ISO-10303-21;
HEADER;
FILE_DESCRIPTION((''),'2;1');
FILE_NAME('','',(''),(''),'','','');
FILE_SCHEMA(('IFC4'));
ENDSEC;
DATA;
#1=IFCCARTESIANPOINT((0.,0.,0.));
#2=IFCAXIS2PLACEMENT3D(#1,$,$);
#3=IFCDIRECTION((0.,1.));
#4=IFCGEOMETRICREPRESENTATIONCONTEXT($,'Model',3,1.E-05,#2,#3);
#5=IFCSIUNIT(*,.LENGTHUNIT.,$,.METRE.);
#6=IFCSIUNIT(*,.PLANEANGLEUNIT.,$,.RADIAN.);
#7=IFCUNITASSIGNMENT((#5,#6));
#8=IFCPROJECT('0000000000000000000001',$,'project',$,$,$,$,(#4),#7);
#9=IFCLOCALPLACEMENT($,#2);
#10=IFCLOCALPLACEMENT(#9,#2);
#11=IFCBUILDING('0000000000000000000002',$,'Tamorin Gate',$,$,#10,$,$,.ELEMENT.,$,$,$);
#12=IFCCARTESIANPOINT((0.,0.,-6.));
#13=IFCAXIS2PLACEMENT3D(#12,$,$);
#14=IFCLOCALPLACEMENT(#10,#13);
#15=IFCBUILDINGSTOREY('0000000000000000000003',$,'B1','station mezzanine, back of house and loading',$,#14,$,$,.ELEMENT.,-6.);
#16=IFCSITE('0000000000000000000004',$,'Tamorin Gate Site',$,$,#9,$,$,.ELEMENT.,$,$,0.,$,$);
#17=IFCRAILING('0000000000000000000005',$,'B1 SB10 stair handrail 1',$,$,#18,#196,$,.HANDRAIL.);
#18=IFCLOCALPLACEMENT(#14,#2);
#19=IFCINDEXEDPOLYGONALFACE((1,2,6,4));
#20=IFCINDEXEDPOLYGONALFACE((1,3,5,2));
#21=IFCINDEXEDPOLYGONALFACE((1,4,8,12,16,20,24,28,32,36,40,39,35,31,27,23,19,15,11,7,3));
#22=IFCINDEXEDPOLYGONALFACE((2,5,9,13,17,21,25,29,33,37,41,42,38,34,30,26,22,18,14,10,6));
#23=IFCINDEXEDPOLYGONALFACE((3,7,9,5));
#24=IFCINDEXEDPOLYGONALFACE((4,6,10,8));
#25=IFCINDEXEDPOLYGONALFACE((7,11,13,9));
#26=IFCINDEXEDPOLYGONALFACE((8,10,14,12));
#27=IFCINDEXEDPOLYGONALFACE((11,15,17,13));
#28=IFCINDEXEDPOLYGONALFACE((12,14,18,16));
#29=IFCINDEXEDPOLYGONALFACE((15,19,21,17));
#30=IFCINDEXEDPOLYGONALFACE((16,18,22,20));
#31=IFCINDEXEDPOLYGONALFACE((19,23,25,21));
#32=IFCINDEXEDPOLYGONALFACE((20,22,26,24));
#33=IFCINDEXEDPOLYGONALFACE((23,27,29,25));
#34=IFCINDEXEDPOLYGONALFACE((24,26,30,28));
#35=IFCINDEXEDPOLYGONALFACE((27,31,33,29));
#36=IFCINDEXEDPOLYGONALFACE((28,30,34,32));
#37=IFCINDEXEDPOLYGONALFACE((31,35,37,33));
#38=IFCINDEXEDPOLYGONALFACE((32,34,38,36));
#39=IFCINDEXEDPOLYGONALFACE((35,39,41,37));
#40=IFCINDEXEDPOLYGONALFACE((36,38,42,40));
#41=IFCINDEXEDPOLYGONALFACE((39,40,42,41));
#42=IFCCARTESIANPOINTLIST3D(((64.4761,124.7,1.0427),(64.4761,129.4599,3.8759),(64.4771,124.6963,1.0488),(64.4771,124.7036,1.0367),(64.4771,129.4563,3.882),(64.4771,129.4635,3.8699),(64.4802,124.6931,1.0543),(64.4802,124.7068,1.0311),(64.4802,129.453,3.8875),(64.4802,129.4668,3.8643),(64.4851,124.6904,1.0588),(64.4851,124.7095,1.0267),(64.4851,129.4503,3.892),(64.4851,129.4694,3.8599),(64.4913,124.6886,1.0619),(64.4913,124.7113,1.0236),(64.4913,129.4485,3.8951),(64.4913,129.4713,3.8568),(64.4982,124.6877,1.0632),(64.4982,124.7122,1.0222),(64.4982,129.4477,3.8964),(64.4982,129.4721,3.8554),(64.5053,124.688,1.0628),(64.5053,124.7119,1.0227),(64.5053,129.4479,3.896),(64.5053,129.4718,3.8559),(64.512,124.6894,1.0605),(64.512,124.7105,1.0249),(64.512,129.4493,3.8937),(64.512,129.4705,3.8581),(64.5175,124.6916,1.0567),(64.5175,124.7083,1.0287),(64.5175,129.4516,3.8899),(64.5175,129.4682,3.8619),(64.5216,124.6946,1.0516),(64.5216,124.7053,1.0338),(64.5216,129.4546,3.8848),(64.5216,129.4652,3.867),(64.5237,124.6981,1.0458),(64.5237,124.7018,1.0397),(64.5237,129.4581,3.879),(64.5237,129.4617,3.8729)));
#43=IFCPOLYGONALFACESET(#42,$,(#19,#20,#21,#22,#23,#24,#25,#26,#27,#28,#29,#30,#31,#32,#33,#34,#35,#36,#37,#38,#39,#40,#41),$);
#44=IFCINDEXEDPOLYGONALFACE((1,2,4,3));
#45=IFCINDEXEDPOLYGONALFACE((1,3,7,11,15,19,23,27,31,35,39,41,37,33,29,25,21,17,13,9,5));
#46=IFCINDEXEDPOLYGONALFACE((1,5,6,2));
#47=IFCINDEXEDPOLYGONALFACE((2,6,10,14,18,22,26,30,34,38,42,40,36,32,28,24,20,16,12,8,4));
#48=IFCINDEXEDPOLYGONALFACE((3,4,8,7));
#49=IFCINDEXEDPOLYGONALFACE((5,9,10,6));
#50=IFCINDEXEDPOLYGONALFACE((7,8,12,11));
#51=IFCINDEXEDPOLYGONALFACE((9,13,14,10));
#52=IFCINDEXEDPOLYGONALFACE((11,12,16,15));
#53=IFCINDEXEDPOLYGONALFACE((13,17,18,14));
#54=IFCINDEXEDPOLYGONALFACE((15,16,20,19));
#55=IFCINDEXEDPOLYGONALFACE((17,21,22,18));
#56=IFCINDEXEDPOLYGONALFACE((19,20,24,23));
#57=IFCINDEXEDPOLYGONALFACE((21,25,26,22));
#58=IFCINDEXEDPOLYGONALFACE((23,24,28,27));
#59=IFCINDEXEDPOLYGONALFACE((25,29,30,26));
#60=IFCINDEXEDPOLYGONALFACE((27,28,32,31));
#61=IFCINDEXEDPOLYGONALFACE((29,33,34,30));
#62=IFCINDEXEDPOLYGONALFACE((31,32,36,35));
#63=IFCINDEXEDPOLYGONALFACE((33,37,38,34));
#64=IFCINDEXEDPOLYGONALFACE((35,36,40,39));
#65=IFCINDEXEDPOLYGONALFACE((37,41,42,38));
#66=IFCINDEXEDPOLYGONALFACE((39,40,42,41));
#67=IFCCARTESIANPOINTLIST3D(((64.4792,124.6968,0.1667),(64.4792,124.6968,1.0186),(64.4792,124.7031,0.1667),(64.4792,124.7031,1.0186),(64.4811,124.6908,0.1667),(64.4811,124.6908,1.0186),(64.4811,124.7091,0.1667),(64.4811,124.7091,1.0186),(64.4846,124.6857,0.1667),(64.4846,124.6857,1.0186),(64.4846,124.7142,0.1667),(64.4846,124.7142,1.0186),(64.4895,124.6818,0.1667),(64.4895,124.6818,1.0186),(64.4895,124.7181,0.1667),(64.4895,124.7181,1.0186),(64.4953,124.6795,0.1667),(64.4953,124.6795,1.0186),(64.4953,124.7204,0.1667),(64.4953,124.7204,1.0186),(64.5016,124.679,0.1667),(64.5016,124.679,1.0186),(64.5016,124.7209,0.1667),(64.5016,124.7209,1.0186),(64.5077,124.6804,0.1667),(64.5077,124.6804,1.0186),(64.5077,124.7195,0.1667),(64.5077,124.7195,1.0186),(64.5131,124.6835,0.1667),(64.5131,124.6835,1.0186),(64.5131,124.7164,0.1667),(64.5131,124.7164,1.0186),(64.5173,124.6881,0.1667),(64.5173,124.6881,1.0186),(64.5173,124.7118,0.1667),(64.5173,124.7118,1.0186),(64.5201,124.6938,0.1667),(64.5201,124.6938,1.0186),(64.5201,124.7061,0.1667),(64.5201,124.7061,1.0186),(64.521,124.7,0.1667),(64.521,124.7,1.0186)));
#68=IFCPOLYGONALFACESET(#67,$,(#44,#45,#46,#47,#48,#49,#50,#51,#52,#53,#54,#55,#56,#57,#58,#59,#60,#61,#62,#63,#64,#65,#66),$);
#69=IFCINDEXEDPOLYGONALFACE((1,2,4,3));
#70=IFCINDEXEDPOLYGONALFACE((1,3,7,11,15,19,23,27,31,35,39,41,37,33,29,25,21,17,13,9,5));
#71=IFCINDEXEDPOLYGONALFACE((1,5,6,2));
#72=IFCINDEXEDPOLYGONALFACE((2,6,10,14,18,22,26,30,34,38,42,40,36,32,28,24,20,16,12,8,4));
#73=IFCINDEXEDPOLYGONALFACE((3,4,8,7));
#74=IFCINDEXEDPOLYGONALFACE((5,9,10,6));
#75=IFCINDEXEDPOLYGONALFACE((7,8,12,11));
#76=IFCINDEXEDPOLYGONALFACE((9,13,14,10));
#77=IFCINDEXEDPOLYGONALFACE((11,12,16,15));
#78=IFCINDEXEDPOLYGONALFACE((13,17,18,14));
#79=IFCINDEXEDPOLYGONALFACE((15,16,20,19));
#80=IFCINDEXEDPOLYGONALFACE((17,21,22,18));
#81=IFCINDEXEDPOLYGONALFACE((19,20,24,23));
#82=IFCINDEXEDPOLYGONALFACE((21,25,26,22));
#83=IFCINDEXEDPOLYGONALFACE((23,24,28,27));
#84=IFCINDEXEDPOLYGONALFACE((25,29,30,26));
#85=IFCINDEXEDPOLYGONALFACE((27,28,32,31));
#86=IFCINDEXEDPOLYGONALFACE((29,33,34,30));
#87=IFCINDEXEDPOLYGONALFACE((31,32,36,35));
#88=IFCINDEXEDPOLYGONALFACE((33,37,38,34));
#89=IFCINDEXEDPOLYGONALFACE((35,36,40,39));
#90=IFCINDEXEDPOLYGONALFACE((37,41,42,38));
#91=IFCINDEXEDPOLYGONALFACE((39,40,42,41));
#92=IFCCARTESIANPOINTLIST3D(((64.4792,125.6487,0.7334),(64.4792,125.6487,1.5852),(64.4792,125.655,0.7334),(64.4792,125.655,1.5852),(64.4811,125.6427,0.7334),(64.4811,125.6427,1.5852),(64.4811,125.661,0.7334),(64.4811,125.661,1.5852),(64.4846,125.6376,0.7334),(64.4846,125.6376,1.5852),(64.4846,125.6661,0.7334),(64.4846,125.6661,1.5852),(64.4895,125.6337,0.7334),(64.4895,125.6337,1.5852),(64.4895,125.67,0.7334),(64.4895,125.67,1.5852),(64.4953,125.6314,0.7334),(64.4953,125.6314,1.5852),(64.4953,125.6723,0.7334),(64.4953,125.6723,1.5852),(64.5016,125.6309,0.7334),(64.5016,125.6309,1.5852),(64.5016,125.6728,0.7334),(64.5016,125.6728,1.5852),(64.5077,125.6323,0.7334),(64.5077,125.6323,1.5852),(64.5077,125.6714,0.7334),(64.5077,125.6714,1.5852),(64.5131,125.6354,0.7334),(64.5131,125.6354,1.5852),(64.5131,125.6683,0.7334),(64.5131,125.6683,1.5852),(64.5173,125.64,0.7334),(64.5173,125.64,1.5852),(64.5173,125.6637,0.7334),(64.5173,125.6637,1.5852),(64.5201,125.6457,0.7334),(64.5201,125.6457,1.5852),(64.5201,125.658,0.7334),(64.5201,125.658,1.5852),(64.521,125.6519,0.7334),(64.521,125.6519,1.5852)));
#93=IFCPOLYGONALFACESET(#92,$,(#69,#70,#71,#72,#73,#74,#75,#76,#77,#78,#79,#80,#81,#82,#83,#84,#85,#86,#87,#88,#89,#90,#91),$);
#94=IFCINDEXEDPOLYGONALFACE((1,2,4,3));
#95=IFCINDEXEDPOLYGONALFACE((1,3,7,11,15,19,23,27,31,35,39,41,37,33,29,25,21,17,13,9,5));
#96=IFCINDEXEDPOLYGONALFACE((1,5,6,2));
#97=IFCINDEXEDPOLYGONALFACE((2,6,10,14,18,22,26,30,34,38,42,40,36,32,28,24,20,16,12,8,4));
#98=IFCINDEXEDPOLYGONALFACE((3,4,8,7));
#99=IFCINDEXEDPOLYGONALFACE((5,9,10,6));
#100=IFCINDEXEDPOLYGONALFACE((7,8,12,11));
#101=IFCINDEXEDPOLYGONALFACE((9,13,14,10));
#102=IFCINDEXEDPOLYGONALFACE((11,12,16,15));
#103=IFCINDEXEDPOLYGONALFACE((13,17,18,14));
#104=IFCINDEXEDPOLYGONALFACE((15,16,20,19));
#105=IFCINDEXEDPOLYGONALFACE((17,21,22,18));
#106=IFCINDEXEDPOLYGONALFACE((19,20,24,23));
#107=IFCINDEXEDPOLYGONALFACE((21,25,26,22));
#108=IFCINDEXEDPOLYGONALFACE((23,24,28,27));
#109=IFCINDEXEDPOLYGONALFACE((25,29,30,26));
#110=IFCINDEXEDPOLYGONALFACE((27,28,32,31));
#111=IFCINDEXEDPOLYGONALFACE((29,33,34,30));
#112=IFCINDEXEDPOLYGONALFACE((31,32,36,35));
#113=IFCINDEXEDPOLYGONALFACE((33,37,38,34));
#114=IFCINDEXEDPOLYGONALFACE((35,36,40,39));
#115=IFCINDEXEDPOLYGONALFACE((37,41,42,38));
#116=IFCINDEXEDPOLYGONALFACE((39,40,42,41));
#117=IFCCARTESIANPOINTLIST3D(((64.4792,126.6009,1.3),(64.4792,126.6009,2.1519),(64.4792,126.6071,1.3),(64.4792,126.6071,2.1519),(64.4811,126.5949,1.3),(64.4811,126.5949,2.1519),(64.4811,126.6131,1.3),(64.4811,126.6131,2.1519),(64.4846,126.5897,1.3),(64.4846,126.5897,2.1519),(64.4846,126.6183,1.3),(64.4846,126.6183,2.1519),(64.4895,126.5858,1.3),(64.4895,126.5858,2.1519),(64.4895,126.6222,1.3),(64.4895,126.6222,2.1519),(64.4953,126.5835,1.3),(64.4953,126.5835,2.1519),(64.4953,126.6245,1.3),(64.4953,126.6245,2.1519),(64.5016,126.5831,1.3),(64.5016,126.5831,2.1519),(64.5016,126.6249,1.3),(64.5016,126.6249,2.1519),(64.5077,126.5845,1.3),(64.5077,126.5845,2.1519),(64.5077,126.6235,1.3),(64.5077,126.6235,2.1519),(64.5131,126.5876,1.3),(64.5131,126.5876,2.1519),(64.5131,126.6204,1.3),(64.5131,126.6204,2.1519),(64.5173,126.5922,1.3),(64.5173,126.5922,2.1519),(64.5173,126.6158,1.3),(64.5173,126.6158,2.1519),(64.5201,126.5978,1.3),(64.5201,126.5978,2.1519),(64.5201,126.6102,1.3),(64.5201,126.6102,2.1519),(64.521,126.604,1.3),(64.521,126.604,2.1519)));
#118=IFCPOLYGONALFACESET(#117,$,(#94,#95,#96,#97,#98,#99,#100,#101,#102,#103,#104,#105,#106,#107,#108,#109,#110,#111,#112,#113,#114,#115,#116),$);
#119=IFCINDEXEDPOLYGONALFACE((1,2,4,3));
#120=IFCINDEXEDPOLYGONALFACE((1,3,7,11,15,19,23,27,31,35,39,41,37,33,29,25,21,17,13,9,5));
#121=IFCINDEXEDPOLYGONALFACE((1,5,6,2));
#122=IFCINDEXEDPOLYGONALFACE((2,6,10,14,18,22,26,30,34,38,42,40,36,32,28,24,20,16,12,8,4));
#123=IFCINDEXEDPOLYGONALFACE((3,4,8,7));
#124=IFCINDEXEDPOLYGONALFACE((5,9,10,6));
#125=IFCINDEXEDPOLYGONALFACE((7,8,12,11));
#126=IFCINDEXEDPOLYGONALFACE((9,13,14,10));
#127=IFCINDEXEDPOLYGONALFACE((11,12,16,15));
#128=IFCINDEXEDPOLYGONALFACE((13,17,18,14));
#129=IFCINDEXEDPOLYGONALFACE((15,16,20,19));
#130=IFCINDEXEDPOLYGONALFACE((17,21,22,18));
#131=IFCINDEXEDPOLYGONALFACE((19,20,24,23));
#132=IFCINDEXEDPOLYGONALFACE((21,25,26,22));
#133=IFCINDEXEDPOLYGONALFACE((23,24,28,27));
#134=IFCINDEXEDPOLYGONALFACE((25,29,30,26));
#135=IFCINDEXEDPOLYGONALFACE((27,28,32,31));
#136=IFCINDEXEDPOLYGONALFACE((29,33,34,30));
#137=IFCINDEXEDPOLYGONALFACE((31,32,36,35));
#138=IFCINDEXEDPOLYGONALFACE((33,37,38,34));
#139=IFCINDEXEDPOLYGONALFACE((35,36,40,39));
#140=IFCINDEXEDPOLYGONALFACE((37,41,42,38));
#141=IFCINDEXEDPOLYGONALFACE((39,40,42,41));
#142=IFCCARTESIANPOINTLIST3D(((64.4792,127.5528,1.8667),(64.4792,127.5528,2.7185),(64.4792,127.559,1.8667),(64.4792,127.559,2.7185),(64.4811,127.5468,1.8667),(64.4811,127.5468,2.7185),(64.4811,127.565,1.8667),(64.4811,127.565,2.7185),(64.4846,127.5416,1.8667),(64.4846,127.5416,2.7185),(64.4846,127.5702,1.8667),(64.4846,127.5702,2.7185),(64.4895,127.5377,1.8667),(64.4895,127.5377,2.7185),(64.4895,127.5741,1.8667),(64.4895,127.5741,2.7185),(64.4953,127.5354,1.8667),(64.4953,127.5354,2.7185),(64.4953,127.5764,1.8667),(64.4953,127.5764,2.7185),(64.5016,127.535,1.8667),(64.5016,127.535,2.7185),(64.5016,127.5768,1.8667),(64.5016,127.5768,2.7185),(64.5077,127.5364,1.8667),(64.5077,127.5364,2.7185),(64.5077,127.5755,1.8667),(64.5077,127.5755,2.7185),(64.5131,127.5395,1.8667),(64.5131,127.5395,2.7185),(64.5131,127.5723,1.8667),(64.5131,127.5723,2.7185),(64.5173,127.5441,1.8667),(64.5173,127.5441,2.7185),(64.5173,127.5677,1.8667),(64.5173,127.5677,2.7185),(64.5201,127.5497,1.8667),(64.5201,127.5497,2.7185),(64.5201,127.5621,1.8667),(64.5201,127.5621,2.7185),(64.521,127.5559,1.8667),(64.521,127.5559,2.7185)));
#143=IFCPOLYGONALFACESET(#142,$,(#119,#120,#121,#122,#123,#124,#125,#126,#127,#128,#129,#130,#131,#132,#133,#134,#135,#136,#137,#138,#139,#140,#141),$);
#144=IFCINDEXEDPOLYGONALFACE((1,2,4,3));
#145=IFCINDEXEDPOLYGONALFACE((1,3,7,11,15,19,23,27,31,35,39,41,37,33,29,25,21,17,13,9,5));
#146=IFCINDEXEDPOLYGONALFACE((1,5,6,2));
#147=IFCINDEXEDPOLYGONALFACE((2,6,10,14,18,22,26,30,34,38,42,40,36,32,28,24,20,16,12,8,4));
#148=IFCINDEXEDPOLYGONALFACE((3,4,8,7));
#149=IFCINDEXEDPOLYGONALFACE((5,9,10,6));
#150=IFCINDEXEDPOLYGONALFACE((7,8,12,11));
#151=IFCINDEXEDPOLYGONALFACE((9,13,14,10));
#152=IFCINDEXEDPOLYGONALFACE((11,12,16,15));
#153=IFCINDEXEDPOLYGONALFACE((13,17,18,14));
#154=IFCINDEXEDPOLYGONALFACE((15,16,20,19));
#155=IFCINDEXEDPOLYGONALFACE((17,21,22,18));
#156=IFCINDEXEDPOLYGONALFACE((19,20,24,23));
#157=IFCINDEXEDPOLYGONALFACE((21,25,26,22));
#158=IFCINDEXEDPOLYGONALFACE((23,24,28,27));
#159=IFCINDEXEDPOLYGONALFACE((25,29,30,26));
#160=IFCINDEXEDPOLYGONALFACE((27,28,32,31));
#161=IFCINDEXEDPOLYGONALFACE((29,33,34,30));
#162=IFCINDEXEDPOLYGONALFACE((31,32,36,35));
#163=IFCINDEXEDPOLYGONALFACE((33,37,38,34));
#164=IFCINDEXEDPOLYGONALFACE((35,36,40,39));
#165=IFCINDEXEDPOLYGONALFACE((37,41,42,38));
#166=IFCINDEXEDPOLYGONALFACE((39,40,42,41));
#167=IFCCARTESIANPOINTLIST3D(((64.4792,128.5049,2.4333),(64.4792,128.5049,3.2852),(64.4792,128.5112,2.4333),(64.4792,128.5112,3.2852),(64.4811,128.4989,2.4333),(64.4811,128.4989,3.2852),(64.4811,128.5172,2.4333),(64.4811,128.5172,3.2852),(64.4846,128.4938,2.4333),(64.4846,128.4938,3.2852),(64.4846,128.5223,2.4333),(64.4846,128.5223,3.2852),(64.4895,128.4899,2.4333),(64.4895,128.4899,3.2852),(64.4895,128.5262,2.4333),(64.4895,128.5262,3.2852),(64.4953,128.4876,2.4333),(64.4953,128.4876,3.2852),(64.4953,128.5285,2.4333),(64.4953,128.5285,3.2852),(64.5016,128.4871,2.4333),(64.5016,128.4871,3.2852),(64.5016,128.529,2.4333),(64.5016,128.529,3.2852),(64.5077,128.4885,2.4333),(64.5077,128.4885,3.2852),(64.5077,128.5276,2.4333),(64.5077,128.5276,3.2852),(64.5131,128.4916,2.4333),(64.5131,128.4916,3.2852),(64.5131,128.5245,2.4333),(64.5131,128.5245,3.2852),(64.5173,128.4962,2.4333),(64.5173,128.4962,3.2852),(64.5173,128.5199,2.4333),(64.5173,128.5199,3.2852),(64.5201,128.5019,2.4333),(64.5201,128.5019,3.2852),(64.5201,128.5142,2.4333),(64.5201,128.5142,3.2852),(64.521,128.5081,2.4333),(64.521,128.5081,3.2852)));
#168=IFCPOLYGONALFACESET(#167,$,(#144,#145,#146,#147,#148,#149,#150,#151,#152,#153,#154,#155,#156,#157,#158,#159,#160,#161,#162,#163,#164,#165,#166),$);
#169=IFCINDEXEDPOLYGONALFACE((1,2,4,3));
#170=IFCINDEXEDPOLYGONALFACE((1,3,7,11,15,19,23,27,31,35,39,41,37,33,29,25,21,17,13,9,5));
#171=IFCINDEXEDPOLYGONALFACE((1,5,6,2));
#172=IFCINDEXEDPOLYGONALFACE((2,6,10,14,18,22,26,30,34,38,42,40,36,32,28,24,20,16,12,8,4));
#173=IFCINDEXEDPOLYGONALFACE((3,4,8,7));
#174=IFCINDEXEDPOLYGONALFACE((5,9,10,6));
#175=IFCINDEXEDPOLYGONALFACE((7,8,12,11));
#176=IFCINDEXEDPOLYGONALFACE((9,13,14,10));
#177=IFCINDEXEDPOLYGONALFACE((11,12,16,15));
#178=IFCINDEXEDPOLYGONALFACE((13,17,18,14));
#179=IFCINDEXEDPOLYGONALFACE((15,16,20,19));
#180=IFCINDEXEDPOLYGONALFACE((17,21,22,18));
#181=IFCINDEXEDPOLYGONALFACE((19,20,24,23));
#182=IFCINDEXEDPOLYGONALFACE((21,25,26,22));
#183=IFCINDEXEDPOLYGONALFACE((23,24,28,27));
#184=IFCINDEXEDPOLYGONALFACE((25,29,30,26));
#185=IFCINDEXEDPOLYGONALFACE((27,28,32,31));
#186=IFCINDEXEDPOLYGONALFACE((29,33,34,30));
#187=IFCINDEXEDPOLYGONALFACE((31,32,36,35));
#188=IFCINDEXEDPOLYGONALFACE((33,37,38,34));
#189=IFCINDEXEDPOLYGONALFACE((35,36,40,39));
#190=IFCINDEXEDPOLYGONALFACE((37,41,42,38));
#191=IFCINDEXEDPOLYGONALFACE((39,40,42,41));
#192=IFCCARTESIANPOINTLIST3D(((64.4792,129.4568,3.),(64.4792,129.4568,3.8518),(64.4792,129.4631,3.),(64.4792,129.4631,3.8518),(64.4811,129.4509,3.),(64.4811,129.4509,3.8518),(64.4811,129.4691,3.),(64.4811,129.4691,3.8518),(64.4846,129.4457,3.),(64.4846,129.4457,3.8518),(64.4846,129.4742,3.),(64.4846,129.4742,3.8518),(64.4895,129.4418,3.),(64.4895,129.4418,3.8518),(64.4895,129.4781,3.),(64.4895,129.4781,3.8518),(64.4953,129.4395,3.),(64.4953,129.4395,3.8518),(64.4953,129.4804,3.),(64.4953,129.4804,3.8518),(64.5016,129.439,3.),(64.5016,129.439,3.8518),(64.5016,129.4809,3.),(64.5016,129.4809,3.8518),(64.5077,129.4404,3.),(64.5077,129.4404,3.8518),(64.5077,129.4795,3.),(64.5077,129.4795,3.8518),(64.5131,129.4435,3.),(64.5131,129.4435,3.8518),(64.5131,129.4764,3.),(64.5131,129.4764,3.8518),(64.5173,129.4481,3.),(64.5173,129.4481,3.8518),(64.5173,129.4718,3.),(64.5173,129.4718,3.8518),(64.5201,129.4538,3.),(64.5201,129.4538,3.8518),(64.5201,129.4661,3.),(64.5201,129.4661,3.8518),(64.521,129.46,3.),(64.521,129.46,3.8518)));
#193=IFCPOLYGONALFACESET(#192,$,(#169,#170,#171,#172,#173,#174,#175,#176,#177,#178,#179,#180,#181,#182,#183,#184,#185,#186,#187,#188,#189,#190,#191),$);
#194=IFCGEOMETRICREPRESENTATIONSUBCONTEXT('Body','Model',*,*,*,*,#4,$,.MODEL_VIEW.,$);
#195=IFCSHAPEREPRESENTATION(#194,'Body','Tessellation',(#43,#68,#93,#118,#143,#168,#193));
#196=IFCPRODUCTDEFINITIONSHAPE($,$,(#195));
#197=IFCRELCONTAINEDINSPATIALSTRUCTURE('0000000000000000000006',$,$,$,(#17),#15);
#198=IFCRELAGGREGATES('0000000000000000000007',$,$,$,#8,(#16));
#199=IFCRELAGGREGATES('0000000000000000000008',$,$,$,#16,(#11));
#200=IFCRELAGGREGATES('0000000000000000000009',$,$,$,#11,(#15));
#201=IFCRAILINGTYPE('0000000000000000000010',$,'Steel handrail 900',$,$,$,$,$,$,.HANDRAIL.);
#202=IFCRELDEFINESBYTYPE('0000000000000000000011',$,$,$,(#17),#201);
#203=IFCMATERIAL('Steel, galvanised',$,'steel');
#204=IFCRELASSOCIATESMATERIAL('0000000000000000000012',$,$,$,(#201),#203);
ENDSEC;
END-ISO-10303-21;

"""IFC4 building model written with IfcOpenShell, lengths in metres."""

from ifc_helpers import new_model, si_unit, direction, frame, origin, origin_2d, place, context, subcontext, project, spatial, circle, extrude, material, type_object, element, save


model = new_model("IFC4")

# Units and contexts
model_context = context("Model", 3, precision=1e-05, world=origin(), true_north=direction((0.0, 1.0)))
body_context = subcontext(model_context, "Body", "Model", "MODEL_VIEW")
ifc_project = project(units=[si_unit("LENGTHUNIT", "METRE"), si_unit("PLANEANGLEUNIT", "RADIAN")], contexts=[model_context])

# Site, building, storey
site_placement = place(None, origin())
site = spatial("IfcSite", under=ifc_project, at=site_placement, Name="Tamorin Gate Site", CompositionType="ELEMENT", RefElevation=0.0)
building_placement = place(site_placement, origin())
building = spatial("IfcBuilding", under=site, at=building_placement, Name="Tamorin Gate", CompositionType="ELEMENT")
storey_placement = place(building_placement, frame((0.0, 0.0, -6.0)))
storey = spatial("IfcBuildingStorey", under=building, at=storey_placement, Name="B1", Description="station mezzanine, back of house and loading", CompositionType="ELEMENT", Elevation=-6.0)

# Railing
ifc_material_1 = material(Name="Steel, galvanised", Category="steel")
railing_type_1 = type_object("IfcRailingType", Name="Steel handrail 900", PredefinedType="HANDRAIL", material=ifc_material_1)
railing_1_placement = place(storey_placement, frame((64.5, 124.7, 0.1667)))
element("IfcRailing", 1, at=railing_1_placement, inside=storey, type_object=railing_type_1, Name="B1 SB10 stair handrail 1", PredefinedType="HANDRAIL", context=body_context, shape_type="SweptSolid", body=[
    extrude(circle(Radius=0.0239, at=origin_2d()), frame((0.0, 0.0, 0.876), z_axis=(0.0, 0.8593, 0.511472), x_axis=(-1.0, 0.0, 0.0)), (0.0, 0.0, 1.0), 5.5393),
    extrude(circle(Radius=0.021, at=origin_2d()), origin(), (0.0, 0.0, 1.0), 0.8518),
    extrude(circle(Radius=0.021, at=origin_2d()), frame((0.0, 0.9519, 0.5667)), (0.0, 0.0, 1.0), 0.8518),
    extrude(circle(Radius=0.021, at=origin_2d()), frame((0.0, 1.9041, 1.1333)), (0.0, 0.0, 1.0), 0.8518),
    extrude(circle(Radius=0.021, at=origin_2d()), frame((0.0, 2.856, 1.7)), (0.0, 0.0, 1.0), 0.8518),
    extrude(circle(Radius=0.021, at=origin_2d()), frame((0.0, 3.8081, 2.2666)), (0.0, 0.0, 1.0), 0.8518),
    extrude(circle(Radius=0.021, at=origin_2d()), frame((0.0, 4.76, 2.8333)), (0.0, 0.0, 1.0), 0.8518),
])

save(model, "model.ifc")
